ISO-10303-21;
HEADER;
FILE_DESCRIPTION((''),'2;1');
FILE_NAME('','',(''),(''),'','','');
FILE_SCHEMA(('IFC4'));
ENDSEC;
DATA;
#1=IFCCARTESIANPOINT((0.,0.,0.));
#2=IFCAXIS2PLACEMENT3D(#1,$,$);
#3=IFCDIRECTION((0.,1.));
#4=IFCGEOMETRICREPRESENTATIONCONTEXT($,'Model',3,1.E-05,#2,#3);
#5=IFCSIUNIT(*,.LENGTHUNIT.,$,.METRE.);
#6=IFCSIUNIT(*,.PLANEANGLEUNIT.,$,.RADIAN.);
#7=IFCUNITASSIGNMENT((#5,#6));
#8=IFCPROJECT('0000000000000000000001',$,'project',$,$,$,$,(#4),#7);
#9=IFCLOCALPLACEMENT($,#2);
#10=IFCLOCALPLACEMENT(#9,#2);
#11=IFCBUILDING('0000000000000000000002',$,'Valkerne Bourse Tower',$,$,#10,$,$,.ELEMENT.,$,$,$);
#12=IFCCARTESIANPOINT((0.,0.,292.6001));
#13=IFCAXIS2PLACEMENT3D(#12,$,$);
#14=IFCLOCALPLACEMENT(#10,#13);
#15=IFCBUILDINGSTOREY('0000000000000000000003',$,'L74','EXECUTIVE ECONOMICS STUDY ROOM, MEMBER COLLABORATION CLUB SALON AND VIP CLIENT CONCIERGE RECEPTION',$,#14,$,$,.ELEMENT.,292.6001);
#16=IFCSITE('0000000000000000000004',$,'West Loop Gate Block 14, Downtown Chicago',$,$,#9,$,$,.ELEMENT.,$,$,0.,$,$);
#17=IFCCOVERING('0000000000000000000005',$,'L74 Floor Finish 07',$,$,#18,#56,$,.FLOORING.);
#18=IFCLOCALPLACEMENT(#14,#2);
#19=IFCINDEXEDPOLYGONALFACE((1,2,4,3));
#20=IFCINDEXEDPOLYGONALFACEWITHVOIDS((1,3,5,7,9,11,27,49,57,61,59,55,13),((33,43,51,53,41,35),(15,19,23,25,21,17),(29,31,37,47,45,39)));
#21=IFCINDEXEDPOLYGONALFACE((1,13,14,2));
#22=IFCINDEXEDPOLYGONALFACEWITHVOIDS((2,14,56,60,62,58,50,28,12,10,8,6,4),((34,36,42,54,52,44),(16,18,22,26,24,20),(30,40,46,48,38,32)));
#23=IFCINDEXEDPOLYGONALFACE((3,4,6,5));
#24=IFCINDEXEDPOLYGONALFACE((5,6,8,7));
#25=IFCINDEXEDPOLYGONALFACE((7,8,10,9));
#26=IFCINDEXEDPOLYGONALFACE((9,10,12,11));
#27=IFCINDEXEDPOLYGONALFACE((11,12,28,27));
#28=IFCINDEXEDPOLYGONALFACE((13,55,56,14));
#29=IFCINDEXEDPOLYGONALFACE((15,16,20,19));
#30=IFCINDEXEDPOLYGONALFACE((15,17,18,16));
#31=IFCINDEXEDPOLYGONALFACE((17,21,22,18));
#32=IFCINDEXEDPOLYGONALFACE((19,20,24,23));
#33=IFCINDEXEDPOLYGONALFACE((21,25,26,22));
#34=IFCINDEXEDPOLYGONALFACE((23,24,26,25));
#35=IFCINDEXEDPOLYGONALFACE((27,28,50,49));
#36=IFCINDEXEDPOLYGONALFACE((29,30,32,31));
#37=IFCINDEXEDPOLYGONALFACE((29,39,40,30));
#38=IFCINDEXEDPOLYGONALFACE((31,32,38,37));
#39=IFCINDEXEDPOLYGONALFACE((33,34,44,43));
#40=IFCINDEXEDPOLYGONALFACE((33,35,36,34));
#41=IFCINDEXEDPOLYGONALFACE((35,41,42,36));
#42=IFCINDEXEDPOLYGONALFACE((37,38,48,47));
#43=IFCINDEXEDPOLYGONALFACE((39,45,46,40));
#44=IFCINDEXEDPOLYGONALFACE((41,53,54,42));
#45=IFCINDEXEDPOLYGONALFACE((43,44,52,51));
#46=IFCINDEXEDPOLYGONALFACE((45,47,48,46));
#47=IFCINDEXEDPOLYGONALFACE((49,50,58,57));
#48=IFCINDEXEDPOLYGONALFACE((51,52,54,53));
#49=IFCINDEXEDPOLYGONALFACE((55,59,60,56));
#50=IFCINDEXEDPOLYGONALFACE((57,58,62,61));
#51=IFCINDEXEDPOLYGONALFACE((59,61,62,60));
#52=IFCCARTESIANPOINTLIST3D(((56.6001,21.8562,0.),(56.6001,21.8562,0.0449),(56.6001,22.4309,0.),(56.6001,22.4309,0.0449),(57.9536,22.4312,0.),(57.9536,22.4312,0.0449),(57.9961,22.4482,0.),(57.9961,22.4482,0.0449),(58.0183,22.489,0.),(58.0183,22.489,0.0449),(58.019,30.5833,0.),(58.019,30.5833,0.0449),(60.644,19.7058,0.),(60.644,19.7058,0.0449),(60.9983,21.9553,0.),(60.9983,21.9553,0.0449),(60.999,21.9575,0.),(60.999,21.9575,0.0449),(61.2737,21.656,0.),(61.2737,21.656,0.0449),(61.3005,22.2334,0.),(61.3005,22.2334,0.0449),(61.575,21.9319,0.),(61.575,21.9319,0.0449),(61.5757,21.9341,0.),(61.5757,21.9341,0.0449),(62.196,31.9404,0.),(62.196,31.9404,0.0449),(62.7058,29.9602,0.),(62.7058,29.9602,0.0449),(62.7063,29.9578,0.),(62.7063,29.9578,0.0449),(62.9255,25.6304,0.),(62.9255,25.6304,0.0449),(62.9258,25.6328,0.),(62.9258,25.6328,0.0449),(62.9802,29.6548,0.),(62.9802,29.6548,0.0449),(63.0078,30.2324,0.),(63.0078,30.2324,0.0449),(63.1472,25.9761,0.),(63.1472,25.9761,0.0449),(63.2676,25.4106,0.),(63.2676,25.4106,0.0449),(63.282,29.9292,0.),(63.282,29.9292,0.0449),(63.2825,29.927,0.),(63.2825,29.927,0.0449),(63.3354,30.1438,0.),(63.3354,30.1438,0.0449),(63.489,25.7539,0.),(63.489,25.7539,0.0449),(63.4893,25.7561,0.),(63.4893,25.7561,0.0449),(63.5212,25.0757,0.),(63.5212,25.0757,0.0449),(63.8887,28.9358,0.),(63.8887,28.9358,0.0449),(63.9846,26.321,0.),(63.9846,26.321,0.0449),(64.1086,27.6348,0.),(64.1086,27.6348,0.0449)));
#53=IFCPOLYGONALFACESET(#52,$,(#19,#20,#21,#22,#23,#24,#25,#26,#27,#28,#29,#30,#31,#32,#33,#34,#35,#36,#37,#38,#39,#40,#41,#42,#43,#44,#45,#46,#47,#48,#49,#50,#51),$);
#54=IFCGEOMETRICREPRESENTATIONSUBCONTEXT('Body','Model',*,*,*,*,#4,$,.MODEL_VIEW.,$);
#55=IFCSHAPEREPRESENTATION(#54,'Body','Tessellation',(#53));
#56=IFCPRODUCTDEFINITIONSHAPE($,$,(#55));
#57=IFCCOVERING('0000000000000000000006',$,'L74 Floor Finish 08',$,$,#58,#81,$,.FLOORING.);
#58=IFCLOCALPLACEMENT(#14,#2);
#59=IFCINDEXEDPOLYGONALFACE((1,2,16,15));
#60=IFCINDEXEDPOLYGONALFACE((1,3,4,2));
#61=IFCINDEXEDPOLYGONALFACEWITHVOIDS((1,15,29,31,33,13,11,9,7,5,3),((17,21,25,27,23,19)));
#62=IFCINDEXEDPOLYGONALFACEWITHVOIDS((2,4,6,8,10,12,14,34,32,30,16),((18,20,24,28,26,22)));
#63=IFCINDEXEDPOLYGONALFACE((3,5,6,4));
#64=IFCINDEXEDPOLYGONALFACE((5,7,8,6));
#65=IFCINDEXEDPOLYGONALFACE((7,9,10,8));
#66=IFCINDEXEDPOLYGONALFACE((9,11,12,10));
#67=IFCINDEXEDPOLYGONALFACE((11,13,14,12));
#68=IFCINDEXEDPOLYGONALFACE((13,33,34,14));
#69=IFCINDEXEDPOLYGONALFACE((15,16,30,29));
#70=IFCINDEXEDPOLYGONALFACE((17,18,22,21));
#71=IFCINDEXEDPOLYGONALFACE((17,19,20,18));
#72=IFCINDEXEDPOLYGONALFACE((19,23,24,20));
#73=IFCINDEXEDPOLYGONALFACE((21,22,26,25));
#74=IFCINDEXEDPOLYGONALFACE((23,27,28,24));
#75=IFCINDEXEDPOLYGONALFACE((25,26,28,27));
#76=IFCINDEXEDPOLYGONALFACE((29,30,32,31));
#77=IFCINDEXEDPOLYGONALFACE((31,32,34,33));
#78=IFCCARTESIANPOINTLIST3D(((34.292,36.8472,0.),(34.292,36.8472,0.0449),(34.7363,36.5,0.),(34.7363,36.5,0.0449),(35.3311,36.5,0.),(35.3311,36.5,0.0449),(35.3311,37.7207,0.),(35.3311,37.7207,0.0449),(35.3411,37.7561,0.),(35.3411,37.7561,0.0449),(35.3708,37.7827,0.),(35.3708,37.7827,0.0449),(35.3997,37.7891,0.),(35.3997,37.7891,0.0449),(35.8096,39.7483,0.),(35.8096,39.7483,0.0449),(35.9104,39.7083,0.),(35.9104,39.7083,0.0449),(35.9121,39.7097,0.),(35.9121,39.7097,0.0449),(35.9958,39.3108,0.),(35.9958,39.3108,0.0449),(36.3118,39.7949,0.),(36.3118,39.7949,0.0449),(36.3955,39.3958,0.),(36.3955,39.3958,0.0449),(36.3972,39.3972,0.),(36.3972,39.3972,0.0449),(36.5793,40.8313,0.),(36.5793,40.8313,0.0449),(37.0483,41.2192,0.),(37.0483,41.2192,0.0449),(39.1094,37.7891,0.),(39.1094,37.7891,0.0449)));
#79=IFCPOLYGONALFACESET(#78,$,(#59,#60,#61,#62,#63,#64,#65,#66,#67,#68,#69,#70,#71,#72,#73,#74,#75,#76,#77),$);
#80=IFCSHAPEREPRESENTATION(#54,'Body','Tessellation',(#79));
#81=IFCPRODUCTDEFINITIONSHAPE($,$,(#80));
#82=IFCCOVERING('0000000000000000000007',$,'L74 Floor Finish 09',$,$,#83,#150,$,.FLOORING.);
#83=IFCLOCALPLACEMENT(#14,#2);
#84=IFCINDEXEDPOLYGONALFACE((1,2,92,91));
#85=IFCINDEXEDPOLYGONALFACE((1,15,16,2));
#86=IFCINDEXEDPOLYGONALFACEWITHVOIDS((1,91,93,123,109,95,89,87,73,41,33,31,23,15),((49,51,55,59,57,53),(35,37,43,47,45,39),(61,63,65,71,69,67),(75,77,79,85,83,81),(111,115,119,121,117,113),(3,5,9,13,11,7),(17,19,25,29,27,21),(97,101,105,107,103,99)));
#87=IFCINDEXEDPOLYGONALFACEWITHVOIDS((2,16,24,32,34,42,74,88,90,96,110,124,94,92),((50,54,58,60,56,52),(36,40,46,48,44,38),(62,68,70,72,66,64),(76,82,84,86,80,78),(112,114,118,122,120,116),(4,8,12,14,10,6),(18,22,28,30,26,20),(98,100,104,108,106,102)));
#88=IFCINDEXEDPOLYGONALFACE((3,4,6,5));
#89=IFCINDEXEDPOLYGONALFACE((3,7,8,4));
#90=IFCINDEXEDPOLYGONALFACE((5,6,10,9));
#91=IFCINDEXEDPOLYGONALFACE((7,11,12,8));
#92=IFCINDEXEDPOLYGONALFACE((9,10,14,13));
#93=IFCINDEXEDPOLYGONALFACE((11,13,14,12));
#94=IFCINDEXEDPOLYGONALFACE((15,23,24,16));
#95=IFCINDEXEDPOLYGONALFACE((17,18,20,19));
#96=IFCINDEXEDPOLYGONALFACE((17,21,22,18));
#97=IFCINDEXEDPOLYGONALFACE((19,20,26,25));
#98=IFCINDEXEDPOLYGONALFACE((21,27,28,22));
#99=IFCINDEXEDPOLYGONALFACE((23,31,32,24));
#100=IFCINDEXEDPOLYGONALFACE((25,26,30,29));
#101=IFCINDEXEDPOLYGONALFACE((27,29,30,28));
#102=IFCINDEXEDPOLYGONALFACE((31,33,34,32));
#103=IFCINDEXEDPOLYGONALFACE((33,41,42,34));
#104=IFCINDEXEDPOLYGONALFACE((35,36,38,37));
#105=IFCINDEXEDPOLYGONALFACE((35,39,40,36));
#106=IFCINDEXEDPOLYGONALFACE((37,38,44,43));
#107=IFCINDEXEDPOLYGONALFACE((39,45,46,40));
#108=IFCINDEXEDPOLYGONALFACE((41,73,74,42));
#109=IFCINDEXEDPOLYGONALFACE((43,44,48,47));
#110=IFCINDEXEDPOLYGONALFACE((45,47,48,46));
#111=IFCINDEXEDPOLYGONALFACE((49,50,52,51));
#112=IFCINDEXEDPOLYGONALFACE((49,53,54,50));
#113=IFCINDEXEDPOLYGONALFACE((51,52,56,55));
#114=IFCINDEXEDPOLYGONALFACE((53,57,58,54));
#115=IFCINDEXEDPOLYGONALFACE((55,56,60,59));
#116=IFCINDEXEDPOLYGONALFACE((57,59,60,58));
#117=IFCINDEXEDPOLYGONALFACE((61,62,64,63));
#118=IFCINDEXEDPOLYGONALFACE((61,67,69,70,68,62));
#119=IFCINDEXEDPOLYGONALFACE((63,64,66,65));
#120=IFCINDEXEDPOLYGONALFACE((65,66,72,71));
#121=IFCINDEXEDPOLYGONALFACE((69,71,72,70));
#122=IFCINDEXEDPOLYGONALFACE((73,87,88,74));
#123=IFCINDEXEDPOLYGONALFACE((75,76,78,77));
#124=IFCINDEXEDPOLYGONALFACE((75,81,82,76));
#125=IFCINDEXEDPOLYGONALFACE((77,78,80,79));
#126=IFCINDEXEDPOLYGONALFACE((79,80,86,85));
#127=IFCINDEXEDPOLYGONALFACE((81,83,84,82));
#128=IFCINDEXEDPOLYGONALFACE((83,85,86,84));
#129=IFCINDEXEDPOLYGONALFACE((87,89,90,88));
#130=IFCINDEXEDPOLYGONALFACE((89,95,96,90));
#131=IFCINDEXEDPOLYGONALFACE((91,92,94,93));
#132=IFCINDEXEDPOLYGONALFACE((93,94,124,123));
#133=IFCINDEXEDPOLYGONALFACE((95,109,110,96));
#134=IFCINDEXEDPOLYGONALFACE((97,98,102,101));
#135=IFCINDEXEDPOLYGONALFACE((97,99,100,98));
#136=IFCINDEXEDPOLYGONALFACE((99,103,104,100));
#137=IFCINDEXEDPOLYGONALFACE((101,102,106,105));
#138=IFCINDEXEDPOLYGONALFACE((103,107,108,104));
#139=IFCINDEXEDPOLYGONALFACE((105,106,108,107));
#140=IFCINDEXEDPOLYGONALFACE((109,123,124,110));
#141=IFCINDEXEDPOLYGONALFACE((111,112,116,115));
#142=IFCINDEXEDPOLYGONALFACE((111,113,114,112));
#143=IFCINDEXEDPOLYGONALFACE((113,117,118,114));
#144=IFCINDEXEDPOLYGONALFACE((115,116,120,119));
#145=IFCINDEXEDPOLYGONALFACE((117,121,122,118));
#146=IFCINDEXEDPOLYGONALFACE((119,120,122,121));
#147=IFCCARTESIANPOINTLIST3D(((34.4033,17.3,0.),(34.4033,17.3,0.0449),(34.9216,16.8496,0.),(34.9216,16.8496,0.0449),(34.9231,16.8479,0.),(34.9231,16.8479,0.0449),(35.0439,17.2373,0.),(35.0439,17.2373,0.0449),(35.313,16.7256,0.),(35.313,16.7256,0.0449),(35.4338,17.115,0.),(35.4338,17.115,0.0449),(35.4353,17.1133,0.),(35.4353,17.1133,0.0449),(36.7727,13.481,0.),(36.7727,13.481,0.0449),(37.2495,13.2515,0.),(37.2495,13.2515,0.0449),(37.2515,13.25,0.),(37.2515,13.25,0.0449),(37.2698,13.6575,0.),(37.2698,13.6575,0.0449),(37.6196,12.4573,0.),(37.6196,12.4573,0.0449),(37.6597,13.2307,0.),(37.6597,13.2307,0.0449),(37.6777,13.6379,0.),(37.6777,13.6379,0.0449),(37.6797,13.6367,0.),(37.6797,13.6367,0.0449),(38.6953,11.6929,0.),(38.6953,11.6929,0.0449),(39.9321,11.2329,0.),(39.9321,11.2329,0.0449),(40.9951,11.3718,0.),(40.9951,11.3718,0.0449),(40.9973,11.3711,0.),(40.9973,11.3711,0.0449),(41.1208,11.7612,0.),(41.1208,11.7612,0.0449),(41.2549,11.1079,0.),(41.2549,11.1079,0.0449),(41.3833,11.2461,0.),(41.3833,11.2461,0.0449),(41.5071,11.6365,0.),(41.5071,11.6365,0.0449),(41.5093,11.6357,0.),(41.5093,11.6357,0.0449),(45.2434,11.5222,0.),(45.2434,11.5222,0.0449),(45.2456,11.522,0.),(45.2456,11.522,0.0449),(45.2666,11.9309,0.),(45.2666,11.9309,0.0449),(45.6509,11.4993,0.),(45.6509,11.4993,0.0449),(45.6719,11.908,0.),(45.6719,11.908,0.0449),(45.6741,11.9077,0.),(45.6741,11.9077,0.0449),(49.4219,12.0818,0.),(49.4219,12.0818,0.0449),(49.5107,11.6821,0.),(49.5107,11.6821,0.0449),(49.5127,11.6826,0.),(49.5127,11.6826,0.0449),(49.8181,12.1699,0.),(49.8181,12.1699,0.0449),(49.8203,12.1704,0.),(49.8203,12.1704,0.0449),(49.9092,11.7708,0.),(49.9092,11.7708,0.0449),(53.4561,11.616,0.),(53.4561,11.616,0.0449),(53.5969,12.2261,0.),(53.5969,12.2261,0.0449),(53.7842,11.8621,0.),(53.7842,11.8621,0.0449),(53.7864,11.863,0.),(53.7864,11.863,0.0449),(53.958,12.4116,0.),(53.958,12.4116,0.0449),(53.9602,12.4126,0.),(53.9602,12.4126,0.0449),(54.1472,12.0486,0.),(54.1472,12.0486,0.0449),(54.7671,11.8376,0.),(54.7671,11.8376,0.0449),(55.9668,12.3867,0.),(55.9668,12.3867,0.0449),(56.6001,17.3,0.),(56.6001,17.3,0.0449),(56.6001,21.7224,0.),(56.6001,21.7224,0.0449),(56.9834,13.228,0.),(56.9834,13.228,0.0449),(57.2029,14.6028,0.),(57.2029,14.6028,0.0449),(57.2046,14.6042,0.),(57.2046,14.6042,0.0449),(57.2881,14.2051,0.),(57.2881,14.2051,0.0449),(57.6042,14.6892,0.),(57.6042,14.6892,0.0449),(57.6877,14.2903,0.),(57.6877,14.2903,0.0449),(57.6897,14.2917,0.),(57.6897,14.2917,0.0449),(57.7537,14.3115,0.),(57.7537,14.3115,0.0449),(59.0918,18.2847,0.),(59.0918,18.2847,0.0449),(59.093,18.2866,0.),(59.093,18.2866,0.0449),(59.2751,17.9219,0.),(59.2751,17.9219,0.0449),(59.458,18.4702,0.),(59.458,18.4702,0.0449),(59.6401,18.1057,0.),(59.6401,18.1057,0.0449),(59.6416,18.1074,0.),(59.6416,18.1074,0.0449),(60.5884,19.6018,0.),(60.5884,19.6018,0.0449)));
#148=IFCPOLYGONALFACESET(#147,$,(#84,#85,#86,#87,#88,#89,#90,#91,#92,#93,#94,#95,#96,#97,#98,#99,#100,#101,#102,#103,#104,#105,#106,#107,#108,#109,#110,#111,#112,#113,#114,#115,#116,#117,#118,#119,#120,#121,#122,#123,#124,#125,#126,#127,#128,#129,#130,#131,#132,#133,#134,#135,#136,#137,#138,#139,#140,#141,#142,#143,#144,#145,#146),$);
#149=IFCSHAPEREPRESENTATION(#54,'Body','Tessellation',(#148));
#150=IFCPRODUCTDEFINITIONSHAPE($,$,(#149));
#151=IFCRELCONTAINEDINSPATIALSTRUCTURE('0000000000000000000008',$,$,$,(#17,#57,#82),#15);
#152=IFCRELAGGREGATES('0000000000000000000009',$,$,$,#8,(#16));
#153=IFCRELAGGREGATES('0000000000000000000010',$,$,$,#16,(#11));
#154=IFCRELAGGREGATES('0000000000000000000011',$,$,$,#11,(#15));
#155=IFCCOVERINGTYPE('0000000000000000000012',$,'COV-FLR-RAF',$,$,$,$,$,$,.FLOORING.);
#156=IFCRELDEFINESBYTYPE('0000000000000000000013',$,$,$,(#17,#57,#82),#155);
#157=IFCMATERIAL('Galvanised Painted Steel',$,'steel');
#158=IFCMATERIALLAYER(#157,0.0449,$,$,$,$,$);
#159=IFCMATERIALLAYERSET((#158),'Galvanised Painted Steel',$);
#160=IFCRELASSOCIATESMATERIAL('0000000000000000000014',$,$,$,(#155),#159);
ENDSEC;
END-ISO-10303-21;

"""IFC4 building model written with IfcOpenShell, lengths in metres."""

from ifc_helpers import new_model, si_unit, direction, frame, origin, place, context, subcontext, project, spatial, polyline, outline, extrude, material, layer, layer_set, type_object, element, save


model = new_model("IFC4")

# Units and contexts
model_context = context("Model", 3, precision=1e-05, world=origin(), true_north=direction((0.0, 1.0)))
body_context = subcontext(model_context, "Body", "Model", "MODEL_VIEW")
ifc_project = project(units=[si_unit("LENGTHUNIT", "METRE"), si_unit("PLANEANGLEUNIT", "RADIAN")], contexts=[model_context])

# Site, building, storey
site_placement = place(None, origin())
site = spatial("IfcSite", under=ifc_project, at=site_placement, Name="West Loop Gate Block 14, Downtown Chicago", CompositionType="ELEMENT", RefElevation=0.0)
building_placement = place(site_placement, origin())
building = spatial("IfcBuilding", under=site, at=building_placement, Name="Valkerne Bourse Tower", CompositionType="ELEMENT")
storey_placement = place(building_placement, frame((0.0, 0.0, 292.6001)))
storey = spatial("IfcBuildingStorey", under=building, at=storey_placement, Name="L74", Description="EXECUTIVE ECONOMICS STUDY ROOM, MEMBER COLLABORATION CLUB SALON AND VIP CLIENT CONCIERGE RECEPTION", CompositionType="ELEMENT", Elevation=292.6001)

# Coverings
ifc_material_1 = material(Name="Galvanised Painted Steel", Category="steel")
ifc_layer_1 = layer(ifc_material_1, 0.0449)
ifc_layer_set_1 = layer_set([ifc_layer_1], Name="Galvanised Painted Steel")
covering_type_1 = type_object("IfcCoveringType", Name="COV-FLR-RAF", PredefinedType="FLOORING", material=ifc_layer_set_1)
covering_1_placement = place(storey_placement, origin())
element("IfcCovering", 1, at=covering_1_placement, inside=storey, type_object=covering_type_1, Name="L74 Floor Finish 07", PredefinedType="FLOORING", context=body_context, shape_type="SweptSolid", body=[
    extrude(outline(polyline([(63.9846, 26.321), (63.5212, 25.0757), (60.644, 19.7058), (56.6001, 21.8562), (56.6001, 22.4309), (57.9536, 22.4312), (57.9961, 22.4482), (58.0183, 22.489), (58.019, 30.5833), (62.196, 31.9404), (63.3354, 30.1438), (63.8887, 28.9358), (64.1086, 27.6348), (63.9846, 26.321)]), holes=[polyline([(61.5757, 21.9341), (61.3005, 22.2334), (60.999, 21.9575), (60.9983, 21.9553), (61.2737, 21.656), (61.575, 21.9319), (61.5757, 21.9341)]), polyline([(63.489, 25.7539), (63.4893, 25.7561), (63.1472, 25.9761), (62.9258, 25.6328), (62.9255, 25.6304), (63.2676, 25.4106), (63.489, 25.7539)]), polyline([(63.282, 29.9292), (63.0078, 30.2324), (62.7058, 29.9602), (62.7063, 29.9578), (62.9802, 29.6548), (63.2825, 29.927), (63.282, 29.9292)])]), origin(), (0.0, 0.0, 1.0), 0.0449),
])
covering_2_placement = place(storey_placement, origin())
element("IfcCovering", 2, at=covering_2_placement, inside=storey, type_object=covering_type_1, Name="L74 Floor Finish 08", PredefinedType="FLOORING", context=body_context, shape_type="SweptSolid", body=[
    extrude(outline(polyline([(37.0483, 41.2192), (39.1094, 37.7891), (35.3997, 37.7891), (35.3708, 37.7827), (35.3411, 37.7561), (35.3311, 37.7207), (35.3311, 36.5), (34.7363, 36.5), (34.292, 36.8472), (35.8096, 39.7483), (36.5793, 40.8313), (37.0483, 41.2192)]), holes=[polyline([(36.3955, 39.3958), (36.3972, 39.3972), (36.3118, 39.7949), (35.9121, 39.7097), (35.9104, 39.7083), (35.9958, 39.3108), (36.3955, 39.3958)])]), origin(), (0.0, 0.0, 1.0), 0.0449),
])
covering_3_placement = place(storey_placement, origin())
element("IfcCovering", 3, at=covering_3_placement, inside=storey, type_object=covering_type_1, Name="L74 Floor Finish 09", PredefinedType="FLOORING", context=body_context, shape_type="SweptSolid", body=[
    extrude(outline(polyline([(55.9668, 12.3867), (54.7671, 11.8376), (53.4561, 11.616), (41.2549, 11.1079), (39.9321, 11.2329), (38.6953, 11.6929), (37.6196, 12.4573), (36.7727, 13.481), (34.4033, 17.3), (56.6001, 17.3), (56.6001, 21.7224), (60.5884, 19.6018), (57.7537, 14.3115), (56.9834, 13.228), (55.9668, 12.3867)]), holes=[polyline([(41.5071, 11.6365), (41.1208, 11.7612), (40.9951, 11.3718), (40.9973, 11.3711), (41.3833, 11.2461), (41.5093, 11.6357), (41.5071, 11.6365)]), polyline([(45.6719, 11.908), (45.2666, 11.9309), (45.2434, 11.5222), (45.2456, 11.522), (45.6509, 11.4993), (45.6741, 11.9077), (45.6719, 11.908)]), polyline([(37.6777, 13.6379), (37.2698, 13.6575), (37.2495, 13.2515), (37.2515, 13.25), (37.6597, 13.2307), (37.6797, 13.6367), (37.6777, 13.6379)]), polyline([(35.4338, 17.115), (35.0439, 17.2373), (34.9216, 16.8496), (34.9231, 16.8479), (35.313, 16.7256), (35.4353, 17.1133), (35.4338, 17.115)]), polyline([(49.9092, 11.7708), (49.8203, 12.1704), (49.8181, 12.1699), (49.4219, 12.0818), (49.5107, 11.6821), (49.5127, 11.6826), (49.9092, 11.7708)]), polyline([(54.1472, 12.0486), (53.9602, 12.4126), (53.958, 12.4116), (53.5969, 12.2261), (53.7842, 11.8621), (53.7864, 11.863), (54.1472, 12.0486)]), polyline([(57.6897, 14.2917), (57.6042, 14.6892), (57.2046, 14.6042), (57.2029, 14.6028), (57.2881, 14.2051), (57.6877, 14.2903), (57.6897, 14.2917)]), polyline([(59.6416, 18.1074), (59.458, 18.4702), (59.093, 18.2866), (59.0918, 18.2847), (59.2751, 17.9219), (59.6401, 18.1057), (59.6416, 18.1074)])]), origin(), (0.0, 0.0, 1.0), 0.0449),
])

save(model, "model.ifc")
